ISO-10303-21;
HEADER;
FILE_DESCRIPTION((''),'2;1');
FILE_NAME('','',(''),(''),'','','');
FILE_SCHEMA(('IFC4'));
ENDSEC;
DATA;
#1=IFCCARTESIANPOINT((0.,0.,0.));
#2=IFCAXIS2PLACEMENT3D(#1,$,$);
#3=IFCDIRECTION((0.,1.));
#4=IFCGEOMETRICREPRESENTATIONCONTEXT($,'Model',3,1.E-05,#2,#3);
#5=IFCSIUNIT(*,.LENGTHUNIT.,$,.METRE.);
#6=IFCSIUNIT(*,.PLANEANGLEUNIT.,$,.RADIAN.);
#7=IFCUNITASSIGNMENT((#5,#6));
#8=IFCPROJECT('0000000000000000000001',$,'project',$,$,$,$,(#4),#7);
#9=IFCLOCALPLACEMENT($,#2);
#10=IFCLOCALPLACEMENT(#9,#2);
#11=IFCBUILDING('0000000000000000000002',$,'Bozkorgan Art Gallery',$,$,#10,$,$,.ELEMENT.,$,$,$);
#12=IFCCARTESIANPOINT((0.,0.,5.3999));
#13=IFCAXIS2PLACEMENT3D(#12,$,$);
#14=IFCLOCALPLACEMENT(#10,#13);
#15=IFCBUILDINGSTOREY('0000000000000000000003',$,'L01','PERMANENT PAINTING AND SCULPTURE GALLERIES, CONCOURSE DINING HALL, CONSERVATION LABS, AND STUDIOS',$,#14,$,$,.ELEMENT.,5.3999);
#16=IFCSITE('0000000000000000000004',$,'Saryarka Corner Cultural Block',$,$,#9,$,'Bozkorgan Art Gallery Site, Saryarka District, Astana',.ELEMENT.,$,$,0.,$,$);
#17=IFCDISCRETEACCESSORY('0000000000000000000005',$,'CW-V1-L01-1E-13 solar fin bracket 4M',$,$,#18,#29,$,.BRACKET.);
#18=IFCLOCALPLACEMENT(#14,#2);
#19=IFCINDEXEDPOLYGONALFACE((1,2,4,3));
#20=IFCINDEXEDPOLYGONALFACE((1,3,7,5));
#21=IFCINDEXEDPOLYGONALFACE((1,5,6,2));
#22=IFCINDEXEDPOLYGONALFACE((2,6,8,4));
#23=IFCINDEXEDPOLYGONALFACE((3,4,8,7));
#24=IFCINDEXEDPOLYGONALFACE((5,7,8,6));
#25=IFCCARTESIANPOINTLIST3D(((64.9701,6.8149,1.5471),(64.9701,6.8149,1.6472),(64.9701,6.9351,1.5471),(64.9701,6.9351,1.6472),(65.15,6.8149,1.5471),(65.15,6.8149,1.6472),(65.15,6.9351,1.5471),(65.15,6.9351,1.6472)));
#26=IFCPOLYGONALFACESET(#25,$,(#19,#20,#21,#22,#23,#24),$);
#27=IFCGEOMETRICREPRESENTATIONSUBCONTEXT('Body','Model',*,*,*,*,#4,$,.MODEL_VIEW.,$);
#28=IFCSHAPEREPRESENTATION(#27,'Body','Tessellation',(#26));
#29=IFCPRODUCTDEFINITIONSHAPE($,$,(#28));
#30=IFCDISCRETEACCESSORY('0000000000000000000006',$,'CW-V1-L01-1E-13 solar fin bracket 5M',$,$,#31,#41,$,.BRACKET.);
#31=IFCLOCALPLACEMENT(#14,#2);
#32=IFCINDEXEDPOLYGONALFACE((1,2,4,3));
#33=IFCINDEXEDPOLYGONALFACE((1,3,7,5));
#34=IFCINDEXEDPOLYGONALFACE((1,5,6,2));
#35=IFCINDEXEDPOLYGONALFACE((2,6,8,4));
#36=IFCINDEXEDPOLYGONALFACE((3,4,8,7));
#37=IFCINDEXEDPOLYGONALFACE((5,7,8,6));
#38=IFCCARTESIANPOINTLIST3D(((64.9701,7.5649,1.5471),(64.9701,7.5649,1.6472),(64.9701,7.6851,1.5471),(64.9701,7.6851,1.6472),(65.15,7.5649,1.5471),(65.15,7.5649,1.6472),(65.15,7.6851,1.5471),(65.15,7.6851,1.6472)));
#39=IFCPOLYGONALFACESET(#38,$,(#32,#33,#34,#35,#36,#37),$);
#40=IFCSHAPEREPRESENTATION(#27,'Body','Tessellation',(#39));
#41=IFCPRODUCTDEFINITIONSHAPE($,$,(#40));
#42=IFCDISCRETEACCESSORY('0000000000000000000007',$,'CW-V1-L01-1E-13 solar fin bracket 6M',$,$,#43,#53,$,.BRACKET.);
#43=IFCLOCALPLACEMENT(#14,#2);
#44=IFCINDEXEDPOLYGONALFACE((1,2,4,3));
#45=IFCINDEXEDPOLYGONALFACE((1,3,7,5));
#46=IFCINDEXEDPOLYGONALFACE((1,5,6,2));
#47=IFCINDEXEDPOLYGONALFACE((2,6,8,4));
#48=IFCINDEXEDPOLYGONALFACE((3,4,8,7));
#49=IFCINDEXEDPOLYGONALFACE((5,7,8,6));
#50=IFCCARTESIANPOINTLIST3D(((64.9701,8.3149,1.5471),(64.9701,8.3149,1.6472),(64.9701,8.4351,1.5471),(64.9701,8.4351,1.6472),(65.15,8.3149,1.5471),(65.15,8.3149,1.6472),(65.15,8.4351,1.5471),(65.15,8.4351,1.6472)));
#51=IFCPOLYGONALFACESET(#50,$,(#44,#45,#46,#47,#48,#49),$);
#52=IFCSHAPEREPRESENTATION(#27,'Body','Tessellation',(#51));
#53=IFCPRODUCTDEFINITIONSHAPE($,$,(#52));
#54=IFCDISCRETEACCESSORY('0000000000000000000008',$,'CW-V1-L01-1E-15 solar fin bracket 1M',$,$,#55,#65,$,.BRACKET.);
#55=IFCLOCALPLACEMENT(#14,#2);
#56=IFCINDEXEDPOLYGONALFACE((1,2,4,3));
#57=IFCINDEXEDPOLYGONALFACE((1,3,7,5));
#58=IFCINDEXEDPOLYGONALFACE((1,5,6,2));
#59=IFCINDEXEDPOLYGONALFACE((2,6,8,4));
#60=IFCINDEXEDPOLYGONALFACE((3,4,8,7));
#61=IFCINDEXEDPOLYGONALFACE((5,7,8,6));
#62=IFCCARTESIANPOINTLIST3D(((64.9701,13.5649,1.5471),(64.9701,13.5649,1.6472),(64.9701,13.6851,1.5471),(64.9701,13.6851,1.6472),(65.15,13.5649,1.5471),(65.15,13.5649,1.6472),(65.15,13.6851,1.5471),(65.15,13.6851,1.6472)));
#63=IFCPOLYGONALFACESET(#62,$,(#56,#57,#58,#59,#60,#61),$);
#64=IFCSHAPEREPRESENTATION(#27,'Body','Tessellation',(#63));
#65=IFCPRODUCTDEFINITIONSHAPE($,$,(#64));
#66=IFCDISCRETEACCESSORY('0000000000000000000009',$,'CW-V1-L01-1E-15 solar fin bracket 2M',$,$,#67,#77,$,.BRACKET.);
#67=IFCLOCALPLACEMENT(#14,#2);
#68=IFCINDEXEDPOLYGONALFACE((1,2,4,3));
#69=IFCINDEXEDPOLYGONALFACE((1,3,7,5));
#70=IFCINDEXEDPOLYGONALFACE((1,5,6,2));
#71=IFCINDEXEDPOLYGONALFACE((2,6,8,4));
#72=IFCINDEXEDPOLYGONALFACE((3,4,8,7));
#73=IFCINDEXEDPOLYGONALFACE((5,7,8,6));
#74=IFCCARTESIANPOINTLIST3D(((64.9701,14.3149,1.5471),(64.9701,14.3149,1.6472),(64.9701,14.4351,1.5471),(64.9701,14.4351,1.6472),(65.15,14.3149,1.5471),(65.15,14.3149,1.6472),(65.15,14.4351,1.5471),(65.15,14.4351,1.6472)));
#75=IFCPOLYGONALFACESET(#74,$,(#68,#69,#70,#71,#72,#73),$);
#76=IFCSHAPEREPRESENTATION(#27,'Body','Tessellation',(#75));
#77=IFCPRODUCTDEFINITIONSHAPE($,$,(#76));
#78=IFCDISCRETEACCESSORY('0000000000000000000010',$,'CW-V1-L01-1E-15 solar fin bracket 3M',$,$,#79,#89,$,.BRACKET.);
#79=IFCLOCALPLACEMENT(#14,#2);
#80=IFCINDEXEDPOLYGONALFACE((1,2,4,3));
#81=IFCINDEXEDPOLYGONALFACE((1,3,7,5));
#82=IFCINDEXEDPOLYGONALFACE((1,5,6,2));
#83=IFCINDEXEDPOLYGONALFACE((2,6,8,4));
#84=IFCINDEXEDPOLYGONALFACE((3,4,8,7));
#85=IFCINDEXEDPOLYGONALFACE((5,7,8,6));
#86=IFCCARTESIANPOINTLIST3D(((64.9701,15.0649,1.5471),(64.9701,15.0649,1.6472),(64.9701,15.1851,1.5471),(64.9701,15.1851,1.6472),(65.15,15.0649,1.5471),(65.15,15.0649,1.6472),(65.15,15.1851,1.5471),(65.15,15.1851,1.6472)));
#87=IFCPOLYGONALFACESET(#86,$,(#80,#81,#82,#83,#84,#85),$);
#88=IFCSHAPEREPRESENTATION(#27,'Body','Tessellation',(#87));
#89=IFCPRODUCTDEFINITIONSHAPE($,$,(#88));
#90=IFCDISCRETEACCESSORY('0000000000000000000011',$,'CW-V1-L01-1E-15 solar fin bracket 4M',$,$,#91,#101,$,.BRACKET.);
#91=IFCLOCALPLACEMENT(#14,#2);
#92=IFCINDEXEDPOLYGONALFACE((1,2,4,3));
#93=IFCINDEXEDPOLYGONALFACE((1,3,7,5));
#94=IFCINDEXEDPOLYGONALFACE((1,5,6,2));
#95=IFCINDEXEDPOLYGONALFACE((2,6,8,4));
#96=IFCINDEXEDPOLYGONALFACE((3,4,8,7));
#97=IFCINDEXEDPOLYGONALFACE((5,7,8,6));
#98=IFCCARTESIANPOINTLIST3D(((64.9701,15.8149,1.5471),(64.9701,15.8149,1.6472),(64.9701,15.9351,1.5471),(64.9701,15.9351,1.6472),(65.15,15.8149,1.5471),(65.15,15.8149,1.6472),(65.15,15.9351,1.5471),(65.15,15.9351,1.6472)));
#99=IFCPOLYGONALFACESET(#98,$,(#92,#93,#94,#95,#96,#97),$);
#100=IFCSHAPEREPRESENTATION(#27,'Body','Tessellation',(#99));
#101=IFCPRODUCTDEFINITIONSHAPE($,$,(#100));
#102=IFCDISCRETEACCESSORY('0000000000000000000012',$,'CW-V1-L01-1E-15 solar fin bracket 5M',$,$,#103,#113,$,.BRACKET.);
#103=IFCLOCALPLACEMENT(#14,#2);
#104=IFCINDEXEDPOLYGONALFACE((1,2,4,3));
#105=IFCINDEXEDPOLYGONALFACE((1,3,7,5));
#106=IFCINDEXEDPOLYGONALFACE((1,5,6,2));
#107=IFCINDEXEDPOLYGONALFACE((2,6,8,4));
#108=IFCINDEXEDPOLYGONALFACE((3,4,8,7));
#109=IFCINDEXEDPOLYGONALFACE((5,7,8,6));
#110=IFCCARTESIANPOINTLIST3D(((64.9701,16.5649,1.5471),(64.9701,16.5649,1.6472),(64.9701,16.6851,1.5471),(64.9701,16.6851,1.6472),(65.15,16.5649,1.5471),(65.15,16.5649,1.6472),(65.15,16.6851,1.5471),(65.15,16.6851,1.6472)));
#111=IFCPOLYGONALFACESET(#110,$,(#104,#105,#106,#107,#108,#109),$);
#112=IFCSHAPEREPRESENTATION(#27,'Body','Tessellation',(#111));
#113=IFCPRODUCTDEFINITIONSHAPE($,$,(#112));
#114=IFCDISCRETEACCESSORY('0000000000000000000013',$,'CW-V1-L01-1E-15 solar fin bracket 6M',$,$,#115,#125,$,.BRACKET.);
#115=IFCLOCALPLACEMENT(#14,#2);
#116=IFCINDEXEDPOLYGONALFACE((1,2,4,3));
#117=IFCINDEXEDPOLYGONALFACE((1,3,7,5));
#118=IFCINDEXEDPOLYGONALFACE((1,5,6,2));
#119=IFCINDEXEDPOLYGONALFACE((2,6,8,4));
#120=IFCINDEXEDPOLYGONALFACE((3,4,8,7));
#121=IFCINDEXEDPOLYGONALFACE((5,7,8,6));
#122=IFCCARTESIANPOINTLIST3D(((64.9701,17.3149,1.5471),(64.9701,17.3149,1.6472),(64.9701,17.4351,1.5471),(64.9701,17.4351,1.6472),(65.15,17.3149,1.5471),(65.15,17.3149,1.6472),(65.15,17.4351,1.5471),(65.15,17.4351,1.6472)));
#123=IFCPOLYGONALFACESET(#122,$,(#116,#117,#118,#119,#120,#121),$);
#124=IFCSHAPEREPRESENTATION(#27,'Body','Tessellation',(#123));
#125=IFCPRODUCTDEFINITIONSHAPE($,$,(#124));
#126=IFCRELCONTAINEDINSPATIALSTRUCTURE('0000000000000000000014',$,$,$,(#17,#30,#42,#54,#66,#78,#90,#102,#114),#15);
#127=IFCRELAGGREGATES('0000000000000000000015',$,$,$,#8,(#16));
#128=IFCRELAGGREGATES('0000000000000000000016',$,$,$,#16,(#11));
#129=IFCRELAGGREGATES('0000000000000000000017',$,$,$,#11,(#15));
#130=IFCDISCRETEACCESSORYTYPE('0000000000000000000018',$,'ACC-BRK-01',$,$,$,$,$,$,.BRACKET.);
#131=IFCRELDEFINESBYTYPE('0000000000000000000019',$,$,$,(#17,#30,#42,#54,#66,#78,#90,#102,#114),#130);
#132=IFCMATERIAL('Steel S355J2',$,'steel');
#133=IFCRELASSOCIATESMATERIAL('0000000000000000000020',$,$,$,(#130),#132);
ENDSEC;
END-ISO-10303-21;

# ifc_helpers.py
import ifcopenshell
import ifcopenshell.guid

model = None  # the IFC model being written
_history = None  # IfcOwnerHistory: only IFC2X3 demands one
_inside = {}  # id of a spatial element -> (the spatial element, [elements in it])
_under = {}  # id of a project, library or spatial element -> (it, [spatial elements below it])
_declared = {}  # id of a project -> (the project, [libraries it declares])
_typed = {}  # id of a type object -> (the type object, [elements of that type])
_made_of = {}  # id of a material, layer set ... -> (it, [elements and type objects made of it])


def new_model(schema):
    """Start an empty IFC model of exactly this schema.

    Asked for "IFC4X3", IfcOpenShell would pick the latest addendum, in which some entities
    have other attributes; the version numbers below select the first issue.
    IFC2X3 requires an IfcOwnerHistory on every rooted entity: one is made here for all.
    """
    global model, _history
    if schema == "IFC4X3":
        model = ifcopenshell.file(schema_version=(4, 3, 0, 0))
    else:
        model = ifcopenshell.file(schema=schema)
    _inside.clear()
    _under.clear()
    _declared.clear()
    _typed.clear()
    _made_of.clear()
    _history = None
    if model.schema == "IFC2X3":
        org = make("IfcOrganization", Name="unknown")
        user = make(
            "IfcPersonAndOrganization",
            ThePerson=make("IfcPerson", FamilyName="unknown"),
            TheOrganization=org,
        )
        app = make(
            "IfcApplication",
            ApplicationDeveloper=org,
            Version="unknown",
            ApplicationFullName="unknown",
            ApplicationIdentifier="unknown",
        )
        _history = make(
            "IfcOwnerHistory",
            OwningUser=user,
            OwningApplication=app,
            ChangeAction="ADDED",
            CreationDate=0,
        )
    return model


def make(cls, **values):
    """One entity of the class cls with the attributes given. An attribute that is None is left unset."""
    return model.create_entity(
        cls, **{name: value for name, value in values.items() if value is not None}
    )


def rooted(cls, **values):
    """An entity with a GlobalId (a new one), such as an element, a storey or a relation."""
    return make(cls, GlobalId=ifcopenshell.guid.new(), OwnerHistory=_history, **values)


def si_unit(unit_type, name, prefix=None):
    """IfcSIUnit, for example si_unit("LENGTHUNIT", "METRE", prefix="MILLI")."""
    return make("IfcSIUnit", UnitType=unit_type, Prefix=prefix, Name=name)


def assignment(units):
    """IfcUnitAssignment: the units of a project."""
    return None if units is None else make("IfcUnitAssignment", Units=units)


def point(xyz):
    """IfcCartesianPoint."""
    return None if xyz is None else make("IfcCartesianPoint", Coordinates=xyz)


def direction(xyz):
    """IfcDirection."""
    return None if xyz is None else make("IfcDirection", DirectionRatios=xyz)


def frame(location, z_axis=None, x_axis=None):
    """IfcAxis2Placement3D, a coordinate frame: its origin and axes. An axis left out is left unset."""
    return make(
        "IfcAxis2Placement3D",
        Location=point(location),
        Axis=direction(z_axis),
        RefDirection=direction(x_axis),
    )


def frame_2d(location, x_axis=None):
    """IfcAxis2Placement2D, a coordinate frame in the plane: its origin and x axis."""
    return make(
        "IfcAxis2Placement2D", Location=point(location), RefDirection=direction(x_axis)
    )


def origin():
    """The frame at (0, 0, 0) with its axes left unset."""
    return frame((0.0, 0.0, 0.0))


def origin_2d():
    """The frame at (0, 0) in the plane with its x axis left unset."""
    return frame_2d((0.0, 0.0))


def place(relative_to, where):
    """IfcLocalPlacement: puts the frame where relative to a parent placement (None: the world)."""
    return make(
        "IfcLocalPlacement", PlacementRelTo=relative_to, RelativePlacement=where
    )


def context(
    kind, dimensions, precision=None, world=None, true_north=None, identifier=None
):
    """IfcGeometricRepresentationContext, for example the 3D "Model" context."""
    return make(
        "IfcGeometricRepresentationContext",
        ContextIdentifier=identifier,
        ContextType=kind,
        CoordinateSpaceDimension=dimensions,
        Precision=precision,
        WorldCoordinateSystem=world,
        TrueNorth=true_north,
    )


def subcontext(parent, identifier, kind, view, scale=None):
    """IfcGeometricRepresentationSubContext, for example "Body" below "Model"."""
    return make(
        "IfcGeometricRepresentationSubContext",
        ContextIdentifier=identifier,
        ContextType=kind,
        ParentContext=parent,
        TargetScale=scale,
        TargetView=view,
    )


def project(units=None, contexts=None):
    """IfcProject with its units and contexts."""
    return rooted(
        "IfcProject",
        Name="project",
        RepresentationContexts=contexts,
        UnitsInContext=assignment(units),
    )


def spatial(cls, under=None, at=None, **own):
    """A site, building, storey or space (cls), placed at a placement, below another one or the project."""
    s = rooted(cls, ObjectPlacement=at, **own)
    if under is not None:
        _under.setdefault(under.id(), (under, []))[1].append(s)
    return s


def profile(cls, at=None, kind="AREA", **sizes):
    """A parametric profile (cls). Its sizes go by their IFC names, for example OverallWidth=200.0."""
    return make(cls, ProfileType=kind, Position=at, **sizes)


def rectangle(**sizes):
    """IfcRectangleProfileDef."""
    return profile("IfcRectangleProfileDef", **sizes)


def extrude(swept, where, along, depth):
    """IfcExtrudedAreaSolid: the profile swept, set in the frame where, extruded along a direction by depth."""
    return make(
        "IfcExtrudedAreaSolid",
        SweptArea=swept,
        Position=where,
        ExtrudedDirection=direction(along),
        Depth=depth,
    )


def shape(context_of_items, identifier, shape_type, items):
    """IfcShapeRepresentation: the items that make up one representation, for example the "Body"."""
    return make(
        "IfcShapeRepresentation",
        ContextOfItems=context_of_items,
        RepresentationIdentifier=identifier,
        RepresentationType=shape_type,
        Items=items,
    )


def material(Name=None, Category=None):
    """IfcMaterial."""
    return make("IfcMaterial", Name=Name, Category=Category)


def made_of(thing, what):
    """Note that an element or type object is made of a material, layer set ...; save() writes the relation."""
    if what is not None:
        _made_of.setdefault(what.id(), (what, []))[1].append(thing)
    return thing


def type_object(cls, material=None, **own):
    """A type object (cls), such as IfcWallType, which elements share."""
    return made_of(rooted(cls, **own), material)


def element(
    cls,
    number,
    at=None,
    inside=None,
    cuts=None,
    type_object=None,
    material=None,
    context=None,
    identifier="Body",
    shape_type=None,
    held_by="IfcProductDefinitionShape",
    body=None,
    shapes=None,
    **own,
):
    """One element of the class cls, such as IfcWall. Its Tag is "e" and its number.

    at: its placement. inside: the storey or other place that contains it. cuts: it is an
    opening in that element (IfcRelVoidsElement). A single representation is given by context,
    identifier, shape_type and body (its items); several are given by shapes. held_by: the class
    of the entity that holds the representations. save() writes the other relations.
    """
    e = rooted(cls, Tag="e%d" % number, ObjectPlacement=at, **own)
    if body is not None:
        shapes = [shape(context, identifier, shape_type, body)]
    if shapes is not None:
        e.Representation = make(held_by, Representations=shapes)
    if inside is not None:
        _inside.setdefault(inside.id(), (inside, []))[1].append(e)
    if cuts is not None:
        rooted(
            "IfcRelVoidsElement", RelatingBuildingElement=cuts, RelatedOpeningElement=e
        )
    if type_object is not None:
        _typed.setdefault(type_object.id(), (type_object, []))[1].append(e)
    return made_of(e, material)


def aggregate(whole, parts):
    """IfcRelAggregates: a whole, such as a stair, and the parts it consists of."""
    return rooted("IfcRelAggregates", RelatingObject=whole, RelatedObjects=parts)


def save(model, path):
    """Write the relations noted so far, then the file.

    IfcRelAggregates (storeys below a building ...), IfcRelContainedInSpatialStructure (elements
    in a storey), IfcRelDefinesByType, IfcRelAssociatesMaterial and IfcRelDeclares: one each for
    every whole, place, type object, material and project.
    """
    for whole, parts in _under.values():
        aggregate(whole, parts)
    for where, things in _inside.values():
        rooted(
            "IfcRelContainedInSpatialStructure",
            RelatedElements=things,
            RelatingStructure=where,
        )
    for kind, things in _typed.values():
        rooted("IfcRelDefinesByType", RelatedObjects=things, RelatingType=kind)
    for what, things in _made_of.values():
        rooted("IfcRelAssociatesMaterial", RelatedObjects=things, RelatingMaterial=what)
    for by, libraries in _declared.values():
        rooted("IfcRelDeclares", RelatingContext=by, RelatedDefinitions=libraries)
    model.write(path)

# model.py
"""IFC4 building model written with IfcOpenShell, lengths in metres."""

from ifc_helpers import new_model, si_unit, direction, frame, origin, origin_2d, place, context, subcontext, project, spatial, rectangle, extrude, material, type_object, element, save


model = new_model("IFC4")

# Units and contexts
model_context = context("Model", 3, precision=1e-05, world=origin(), true_north=direction((0.0, 1.0)))
body_context = subcontext(model_context, "Body", "Model", "MODEL_VIEW")
ifc_project = project(units=[si_unit("LENGTHUNIT", "METRE"), si_unit("PLANEANGLEUNIT", "RADIAN")], contexts=[model_context])

# Site, building, storey
site_placement = place(None, origin())
site = spatial("IfcSite", under=ifc_project, at=site_placement, Name="Saryarka Corner Cultural Block", LongName="Bozkorgan Art Gallery Site, Saryarka District, Astana", CompositionType="ELEMENT", RefElevation=0.0)
building_placement = place(site_placement, origin())
building = spatial("IfcBuilding", under=site, at=building_placement, Name="Bozkorgan Art Gallery", CompositionType="ELEMENT")
storey_placement = place(building_placement, frame((0.0, 0.0, 5.3999)))
storey = spatial("IfcBuildingStorey", under=building, at=storey_placement, Name="L01", Description="PERMANENT PAINTING AND SCULPTURE GALLERIES, CONCOURSE DINING HALL, CONSERVATION LABS, AND STUDIOS", CompositionType="ELEMENT", Elevation=5.3999)

# Shared definitions
ifc_material_1 = material(Name="Steel S355J2", Category="steel")

# Discrete accessories
discrete_accessory_type = type_object("IfcDiscreteAccessoryType", Name="ACC-BRK-01", PredefinedType="BRACKET", material=ifc_material_1)
for number, where, z_axis, x_axis, name in (
    (1, (65.0601, 6.875, 1.5471), (0.0, 0.0, 1.0), (1.0, 0.0, 0.0), "CW-V1-L01-1E-13 solar fin bracket 4M"),
    (2, (65.0601, 7.625, 1.5471), (0.0, 0.0, 1.0), (1.0, 0.0, 0.0), "CW-V1-L01-1E-13 solar fin bracket 5M"),
    (3, (65.0601, 8.375, 1.5471), (0.0, 0.0, 1.0), (1.0, 0.0, 0.0), "CW-V1-L01-1E-13 solar fin bracket 6M"),
    (4, (65.0601, 13.625, 1.5471), (0.0, 0.0, 1.0), (1.0, 0.0, 0.0), "CW-V1-L01-1E-15 solar fin bracket 1M"),
    (5, (65.0601, 14.375, 1.5471), (0.0, 0.0, 1.0), (1.0, 0.0, 0.0), "CW-V1-L01-1E-15 solar fin bracket 2M"),
    (6, (65.0601, 15.125, 1.5471), (0.0, 0.0, 1.0), (1.0, 0.0, 0.0), "CW-V1-L01-1E-15 solar fin bracket 3M"),
    (7, (65.0601, 15.875, 1.5471), (0.0, 0.0, 1.0), (1.0, 0.0, 0.0), "CW-V1-L01-1E-15 solar fin bracket 4M"),
    (8, (65.0601, 16.625, 1.5471), (0.0, 0.0, 1.0), (1.0, 0.0, 0.0), "CW-V1-L01-1E-15 solar fin bracket 5M"),
    (9, (65.0601, 17.375, 1.5471), (0.0, 0.0, 1.0), (1.0, 0.0, 0.0), "CW-V1-L01-1E-15 solar fin bracket 6M"),
):
    element("IfcDiscreteAccessory", number, at=place(storey_placement, frame(where, z_axis=z_axis, x_axis=x_axis)), inside=storey, type_object=discrete_accessory_type, Name=name, PredefinedType="BRACKET", context=body_context, shape_type="SweptSolid", body=[
        extrude(rectangle(XDim=0.1799, YDim=0.1201, at=origin_2d()), origin(), (0.0, 0.0, 1.0), 0.1001),
    ])

save(model, "model.ifc")
